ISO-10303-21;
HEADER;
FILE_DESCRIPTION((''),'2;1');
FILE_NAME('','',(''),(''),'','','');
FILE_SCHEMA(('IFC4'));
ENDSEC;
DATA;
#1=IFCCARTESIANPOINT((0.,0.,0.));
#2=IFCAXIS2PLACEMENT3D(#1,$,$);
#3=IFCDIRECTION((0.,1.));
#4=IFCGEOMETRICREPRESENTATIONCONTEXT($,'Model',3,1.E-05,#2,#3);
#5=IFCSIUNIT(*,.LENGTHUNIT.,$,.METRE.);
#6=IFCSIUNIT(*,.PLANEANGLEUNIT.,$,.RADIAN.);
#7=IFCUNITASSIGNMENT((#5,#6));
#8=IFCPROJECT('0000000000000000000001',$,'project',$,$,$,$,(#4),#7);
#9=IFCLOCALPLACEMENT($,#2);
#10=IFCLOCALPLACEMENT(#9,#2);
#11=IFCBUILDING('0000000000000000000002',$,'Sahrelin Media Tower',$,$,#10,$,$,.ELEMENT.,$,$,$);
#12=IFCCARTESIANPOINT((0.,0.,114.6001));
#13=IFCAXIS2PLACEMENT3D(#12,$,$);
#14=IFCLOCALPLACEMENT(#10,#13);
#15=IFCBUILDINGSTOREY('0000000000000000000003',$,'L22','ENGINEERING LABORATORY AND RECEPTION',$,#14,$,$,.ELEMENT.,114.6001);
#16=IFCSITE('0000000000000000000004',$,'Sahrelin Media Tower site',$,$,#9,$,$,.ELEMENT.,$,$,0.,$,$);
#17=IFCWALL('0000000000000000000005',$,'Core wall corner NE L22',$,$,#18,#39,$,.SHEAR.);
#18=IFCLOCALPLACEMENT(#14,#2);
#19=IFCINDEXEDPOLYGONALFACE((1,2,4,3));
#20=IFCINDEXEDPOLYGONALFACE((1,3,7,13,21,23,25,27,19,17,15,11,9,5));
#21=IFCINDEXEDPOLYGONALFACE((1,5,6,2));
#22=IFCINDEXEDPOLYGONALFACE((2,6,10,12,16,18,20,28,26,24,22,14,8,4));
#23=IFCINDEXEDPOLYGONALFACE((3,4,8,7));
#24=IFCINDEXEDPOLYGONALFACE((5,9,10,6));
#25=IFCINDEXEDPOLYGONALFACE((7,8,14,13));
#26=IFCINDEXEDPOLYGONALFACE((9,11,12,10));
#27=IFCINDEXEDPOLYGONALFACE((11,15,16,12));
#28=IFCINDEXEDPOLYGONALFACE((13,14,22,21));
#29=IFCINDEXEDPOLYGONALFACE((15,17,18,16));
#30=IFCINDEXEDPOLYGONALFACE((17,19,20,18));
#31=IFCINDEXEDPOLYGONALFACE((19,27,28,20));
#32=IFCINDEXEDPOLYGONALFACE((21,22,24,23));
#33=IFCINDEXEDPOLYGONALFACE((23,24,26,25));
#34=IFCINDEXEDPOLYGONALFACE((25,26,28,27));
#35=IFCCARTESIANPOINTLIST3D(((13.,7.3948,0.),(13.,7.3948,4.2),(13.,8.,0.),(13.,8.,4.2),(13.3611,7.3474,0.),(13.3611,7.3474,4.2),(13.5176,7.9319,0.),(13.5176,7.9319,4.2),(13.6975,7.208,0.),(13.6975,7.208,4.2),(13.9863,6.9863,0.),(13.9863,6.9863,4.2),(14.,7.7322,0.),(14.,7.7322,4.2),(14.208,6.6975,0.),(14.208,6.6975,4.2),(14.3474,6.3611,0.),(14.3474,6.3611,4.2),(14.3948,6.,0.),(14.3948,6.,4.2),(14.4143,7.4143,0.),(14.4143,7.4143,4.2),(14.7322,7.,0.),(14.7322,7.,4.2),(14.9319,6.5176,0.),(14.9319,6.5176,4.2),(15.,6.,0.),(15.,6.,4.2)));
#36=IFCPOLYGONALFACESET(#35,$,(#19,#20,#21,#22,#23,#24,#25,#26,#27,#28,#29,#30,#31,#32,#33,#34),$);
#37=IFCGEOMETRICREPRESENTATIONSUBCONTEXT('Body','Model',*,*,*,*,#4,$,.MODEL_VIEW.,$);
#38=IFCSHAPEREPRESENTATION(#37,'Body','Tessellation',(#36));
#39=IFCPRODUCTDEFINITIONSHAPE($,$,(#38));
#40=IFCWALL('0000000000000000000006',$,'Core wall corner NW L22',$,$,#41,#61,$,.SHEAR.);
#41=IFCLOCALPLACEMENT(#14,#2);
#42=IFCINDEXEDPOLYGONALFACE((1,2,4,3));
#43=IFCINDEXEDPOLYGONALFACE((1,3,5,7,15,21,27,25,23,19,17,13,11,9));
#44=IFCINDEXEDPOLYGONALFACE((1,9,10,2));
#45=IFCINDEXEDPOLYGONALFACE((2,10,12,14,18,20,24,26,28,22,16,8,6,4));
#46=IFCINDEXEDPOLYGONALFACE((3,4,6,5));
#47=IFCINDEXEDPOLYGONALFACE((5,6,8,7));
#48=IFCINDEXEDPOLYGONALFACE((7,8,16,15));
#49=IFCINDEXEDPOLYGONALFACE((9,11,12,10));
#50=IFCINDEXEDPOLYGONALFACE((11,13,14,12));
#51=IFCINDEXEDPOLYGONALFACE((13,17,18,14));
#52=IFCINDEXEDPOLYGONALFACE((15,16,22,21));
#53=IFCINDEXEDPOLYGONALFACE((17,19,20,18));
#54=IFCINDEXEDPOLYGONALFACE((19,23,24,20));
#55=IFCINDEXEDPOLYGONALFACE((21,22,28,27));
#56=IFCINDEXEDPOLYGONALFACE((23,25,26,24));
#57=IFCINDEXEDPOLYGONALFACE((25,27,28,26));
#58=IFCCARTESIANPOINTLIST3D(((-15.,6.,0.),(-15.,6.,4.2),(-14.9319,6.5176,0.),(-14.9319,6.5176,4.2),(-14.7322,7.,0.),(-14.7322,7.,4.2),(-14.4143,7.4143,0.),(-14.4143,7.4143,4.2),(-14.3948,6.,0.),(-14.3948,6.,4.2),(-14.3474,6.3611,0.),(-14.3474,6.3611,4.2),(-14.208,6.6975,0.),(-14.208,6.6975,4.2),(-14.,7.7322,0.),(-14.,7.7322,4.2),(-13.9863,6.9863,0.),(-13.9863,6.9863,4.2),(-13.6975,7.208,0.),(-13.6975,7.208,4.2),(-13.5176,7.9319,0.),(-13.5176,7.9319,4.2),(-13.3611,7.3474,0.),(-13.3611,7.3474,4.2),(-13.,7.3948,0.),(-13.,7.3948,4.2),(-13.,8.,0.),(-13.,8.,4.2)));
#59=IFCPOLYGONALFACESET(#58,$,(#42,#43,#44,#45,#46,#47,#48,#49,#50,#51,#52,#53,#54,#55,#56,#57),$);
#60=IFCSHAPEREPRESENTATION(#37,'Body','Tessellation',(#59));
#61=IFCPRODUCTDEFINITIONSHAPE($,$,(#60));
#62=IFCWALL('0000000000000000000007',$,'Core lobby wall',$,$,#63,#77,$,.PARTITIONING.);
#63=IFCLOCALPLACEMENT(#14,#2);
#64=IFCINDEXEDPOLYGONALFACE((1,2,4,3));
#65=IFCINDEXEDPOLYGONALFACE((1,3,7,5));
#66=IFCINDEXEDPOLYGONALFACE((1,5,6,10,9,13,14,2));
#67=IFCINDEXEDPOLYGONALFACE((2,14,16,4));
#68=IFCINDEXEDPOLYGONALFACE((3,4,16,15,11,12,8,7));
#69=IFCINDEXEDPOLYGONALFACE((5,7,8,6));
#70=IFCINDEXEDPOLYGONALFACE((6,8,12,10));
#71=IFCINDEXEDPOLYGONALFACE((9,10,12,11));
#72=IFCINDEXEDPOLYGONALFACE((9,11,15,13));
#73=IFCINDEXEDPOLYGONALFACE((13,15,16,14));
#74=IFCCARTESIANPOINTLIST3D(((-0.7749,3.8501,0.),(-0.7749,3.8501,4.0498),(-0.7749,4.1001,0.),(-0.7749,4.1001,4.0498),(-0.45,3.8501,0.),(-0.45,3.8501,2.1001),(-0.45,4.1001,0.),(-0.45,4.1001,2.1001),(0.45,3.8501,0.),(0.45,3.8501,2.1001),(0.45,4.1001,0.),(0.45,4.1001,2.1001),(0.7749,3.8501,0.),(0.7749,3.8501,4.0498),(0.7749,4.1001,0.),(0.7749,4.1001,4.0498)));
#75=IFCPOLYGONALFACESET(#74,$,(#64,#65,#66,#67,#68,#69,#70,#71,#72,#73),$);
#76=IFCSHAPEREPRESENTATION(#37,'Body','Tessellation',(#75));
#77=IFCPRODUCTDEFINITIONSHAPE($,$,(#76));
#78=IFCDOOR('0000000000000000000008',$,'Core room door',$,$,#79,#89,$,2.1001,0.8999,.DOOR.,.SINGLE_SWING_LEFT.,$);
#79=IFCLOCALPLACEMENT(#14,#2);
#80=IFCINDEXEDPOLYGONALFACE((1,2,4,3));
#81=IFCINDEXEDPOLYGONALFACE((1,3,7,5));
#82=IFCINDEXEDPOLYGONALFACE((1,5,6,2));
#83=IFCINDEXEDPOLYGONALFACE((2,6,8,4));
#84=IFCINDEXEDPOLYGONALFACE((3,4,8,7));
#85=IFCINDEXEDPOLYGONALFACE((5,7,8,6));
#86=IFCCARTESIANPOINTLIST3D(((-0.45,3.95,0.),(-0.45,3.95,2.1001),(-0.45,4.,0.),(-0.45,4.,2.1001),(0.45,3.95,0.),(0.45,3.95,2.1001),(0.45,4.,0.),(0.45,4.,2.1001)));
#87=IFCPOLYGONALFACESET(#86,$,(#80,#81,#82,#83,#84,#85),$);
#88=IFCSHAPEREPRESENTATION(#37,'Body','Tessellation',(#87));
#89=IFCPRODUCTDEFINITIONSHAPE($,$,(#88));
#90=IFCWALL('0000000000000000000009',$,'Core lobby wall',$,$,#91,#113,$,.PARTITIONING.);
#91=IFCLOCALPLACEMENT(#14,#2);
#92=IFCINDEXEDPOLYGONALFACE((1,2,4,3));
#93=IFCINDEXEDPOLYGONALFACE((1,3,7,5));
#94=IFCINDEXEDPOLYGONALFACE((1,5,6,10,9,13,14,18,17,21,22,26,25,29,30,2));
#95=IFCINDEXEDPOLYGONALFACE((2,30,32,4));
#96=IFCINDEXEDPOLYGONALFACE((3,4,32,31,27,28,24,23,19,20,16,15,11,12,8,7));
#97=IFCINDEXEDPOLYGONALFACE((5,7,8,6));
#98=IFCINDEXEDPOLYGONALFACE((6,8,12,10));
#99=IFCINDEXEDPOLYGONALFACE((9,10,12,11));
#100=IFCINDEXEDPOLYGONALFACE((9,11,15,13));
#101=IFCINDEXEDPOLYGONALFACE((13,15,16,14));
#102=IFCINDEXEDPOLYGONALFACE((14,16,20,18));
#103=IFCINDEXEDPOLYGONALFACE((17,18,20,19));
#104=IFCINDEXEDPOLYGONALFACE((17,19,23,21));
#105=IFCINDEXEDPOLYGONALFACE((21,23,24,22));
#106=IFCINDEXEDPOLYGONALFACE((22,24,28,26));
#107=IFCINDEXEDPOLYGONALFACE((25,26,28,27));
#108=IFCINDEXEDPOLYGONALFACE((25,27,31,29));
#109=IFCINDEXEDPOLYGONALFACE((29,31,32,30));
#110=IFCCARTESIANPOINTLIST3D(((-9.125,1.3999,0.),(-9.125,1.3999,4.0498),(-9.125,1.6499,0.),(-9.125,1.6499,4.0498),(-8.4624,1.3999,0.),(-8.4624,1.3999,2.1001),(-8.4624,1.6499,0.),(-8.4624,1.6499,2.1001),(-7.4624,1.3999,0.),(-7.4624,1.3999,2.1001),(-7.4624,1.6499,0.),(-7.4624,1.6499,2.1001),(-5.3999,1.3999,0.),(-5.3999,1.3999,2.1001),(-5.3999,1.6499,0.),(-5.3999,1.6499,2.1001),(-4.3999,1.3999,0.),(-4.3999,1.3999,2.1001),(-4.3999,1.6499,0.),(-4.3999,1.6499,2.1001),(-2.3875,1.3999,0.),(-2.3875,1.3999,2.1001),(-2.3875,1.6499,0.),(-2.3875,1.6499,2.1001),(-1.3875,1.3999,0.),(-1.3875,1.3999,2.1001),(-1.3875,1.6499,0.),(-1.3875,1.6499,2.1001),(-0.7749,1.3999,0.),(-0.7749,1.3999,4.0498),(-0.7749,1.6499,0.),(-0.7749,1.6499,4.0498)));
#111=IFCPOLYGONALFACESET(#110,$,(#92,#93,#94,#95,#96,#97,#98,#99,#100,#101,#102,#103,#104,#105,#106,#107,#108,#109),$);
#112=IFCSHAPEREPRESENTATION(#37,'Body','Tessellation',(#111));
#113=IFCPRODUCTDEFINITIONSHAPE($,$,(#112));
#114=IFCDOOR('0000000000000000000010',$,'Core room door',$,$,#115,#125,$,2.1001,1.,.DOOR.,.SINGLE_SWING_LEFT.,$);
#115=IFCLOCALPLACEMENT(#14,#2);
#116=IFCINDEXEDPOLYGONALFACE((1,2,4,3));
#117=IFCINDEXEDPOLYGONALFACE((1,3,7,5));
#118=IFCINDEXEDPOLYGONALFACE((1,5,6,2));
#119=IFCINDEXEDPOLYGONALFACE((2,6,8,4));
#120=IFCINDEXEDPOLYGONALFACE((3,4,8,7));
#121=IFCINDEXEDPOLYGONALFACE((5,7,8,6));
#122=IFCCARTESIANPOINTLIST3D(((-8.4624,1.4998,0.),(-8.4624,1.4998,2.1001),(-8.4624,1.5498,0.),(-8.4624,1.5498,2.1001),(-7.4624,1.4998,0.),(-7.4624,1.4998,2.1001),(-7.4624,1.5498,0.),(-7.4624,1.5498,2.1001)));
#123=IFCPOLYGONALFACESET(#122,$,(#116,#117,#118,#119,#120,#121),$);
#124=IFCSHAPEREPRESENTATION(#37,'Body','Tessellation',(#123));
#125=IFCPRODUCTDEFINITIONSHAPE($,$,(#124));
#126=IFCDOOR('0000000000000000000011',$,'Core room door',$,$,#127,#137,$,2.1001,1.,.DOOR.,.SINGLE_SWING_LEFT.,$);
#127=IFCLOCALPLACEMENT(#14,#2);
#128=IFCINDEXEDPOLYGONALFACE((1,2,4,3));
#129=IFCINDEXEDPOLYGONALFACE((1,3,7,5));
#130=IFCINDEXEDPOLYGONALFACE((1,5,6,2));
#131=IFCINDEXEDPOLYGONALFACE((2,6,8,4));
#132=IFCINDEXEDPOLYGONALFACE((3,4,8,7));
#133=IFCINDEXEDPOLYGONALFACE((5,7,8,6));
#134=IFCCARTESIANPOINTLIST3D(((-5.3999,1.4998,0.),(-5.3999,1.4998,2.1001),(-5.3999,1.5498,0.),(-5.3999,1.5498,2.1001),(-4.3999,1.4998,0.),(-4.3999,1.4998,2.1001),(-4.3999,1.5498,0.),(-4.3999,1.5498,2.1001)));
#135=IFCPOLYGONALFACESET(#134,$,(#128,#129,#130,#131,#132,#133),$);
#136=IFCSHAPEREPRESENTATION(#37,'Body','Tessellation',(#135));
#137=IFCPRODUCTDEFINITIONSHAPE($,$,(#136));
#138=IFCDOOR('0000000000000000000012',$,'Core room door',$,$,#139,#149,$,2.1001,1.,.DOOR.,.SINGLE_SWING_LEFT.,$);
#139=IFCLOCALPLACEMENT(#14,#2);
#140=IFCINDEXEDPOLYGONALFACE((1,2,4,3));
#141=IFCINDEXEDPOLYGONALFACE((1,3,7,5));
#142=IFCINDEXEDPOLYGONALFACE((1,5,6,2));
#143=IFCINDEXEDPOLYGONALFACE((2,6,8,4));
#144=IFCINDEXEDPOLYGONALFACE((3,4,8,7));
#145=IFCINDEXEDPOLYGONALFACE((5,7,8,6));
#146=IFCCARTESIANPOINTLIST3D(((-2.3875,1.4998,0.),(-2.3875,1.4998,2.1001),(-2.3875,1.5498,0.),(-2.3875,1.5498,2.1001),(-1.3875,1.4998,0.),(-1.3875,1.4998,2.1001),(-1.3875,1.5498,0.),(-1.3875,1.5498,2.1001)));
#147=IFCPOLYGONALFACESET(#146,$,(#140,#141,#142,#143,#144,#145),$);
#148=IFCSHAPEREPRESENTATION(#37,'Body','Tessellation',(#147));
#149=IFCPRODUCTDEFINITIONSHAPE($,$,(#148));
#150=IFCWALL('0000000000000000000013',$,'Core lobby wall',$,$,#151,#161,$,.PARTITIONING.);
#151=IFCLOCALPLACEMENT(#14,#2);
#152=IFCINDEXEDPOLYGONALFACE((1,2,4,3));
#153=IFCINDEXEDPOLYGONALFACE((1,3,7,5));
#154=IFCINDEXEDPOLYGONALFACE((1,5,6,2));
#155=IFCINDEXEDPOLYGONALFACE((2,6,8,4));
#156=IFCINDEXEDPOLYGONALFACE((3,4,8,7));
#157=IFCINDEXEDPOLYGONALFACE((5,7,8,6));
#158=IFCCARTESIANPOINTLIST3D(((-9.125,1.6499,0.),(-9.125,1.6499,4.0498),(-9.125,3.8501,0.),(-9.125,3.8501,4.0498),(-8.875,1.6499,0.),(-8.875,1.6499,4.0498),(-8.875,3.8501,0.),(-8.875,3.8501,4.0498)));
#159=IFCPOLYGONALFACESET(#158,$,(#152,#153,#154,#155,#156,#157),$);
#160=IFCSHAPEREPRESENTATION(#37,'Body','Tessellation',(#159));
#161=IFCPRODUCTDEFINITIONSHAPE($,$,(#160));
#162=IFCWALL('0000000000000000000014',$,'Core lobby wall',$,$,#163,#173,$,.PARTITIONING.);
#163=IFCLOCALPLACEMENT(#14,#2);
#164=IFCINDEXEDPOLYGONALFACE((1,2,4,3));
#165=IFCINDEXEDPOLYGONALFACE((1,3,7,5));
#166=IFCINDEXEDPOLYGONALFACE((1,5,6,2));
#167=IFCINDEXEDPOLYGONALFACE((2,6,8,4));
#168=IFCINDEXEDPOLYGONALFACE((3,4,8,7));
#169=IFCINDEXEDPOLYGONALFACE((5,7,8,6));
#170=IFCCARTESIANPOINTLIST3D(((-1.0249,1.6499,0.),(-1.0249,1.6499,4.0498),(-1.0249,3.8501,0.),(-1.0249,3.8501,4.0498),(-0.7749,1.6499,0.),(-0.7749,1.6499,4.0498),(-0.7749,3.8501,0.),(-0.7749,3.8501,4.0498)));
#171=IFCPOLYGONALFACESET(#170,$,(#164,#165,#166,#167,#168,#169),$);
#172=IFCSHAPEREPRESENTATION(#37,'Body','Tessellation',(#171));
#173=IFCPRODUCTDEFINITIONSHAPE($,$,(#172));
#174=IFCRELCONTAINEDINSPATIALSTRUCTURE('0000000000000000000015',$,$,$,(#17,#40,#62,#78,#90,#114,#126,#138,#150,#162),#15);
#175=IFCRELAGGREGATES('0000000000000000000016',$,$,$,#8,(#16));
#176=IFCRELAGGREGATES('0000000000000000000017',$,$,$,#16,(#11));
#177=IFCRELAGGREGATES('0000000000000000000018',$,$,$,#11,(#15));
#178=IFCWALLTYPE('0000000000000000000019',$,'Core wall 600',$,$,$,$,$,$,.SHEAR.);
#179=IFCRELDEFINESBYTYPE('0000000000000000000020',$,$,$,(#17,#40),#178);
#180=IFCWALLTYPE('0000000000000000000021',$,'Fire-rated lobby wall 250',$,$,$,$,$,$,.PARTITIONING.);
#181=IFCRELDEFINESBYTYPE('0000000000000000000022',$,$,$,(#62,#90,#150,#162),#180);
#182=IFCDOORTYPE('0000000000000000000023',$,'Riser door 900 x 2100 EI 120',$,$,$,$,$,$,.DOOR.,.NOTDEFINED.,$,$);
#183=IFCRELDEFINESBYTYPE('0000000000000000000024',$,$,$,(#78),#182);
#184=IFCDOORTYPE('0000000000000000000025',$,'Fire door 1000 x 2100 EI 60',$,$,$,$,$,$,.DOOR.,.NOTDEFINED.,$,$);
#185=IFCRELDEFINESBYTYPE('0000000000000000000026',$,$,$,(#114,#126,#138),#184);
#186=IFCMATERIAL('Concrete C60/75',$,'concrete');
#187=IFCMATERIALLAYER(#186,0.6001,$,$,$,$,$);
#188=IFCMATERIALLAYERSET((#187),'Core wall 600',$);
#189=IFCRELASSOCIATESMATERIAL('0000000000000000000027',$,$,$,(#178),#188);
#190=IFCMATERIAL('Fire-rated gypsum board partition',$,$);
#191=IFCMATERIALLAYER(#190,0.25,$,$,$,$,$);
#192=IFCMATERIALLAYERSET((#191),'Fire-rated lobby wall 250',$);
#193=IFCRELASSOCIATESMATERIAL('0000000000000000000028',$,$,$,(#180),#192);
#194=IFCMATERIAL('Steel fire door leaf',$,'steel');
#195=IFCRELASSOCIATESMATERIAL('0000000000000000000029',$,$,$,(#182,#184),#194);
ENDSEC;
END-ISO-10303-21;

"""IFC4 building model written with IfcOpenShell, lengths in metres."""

from ifc_helpers import new_model, si_unit, direction, frame, frame_2d, origin, place, context, subcontext, project, spatial, polyline, rectangle, outline, extrude, material, layer, layer_set, type_object, element, fill, save


model = new_model("IFC4")

# Units and contexts
model_context = context("Model", 3, precision=1e-05, world=origin(), true_north=direction((0.0, 1.0)))
body_context = subcontext(model_context, "Body", "Model", "MODEL_VIEW")
ifc_project = project(units=[si_unit("LENGTHUNIT", "METRE"), si_unit("PLANEANGLEUNIT", "RADIAN")], contexts=[model_context])

# Site, building, storey
site_placement = place(None, origin())
site = spatial("IfcSite", under=ifc_project, at=site_placement, Name="Sahrelin Media Tower site", CompositionType="ELEMENT", RefElevation=0.0)
building_placement = place(site_placement, origin())
building = spatial("IfcBuilding", under=site, at=building_placement, Name="Sahrelin Media Tower", CompositionType="ELEMENT")
storey_placement = place(building_placement, frame((0.0, 0.0, 114.6001)))
storey = spatial("IfcBuildingStorey", under=building, at=storey_placement, Name="L22", Description="ENGINEERING LABORATORY AND RECEPTION", CompositionType="ELEMENT", Elevation=114.6001)

# Walls
ifc_material_1 = material(Name="Concrete C60/75", Category="concrete")
ifc_layer_1 = layer(ifc_material_1, 0.6001)
ifc_layer_set_1 = layer_set([ifc_layer_1], Name="Core wall 600")
wall_type_1 = type_object("IfcWallType", Name="Core wall 600", PredefinedType="SHEAR", material=ifc_layer_set_1)
placement = place(storey_placement, origin())
element("IfcWall", 1, at=placement, inside=storey, type_object=wall_type_1, Name="Core wall corner NE L22", PredefinedType="SHEAR", context=body_context, shape_type="SweptSolid", body=[
    extrude(outline(polyline([(13.0, 8.0), (13.0, 7.3948), (13.3611, 7.3474), (13.6975, 7.208), (13.9863, 6.9863), (14.208, 6.6975), (14.3474, 6.3611), (14.3948, 6.0), (15.0, 6.0), (14.9319, 6.5176), (14.7322, 7.0), (14.4143, 7.4143), (14.0, 7.7322), (13.5176, 7.9319), (13.0, 8.0)])), origin(), (0.0, 0.0, 1.0), 4.2),
])
element("IfcWall", 2, at=placement, inside=storey, type_object=wall_type_1, Name="Core wall corner NW L22", PredefinedType="SHEAR", context=body_context, shape_type="SweptSolid", body=[
    extrude(outline(polyline([(-15.0, 6.0), (-14.3948, 6.0), (-14.3474, 6.3611), (-14.208, 6.6975), (-13.9863, 6.9863), (-13.6975, 7.208), (-13.3611, 7.3474), (-13.0, 7.3948), (-13.0, 8.0), (-13.5176, 7.9319), (-14.0, 7.7322), (-14.4143, 7.4143), (-14.7322, 7.0), (-14.9319, 6.5176), (-15.0, 6.0)])), origin(), (0.0, 0.0, 1.0), 4.2),
])

# Wall, opening, door
ifc_material_2 = material(Name="Fire-rated gypsum board partition")
ifc_layer_2 = layer(ifc_material_2, 0.25)
ifc_layer_set_2 = layer_set([ifc_layer_2], Name="Fire-rated lobby wall 250")
wall_type_2 = type_object("IfcWallType", Name="Fire-rated lobby wall 250", PredefinedType="PARTITIONING", material=ifc_layer_set_2)
wall_1_placement = place(storey_placement, frame((-0.7749, 3.9751, 0.0), z_axis=(0.0, 0.0, 1.0), x_axis=(1.0, 0.0, 0.0)))
wall_1 = element("IfcWall", 3, at=wall_1_placement, inside=storey, type_object=wall_type_2, Name="Core lobby wall", PredefinedType="PARTITIONING", context=body_context, shape_type="SweptSolid", body=[
    extrude(rectangle(XDim=1.5498, YDim=0.25, at=frame_2d((0.7749, 0.0))), origin(), (0.0, 0.0, 1.0), 4.0498),
])
opening_1_placement = place(wall_1_placement, frame((0.325, 0.0, 0.0)))
opening_1 = element("IfcOpeningElement", 4, at=opening_1_placement, cuts=wall_1, PredefinedType="OPENING", context=body_context, shape_type="SweptSolid", body=[
    extrude(rectangle(XDim=0.8999, YDim=2.1001, at=frame_2d((0.45, 1.05))), frame((0.0, 0.125, 0.0), z_axis=(0.0, -1.0, 0.0), x_axis=(1.0, 0.0, 0.0)), (0.0, 0.0, 1.0), 0.25),
])
ifc_material_3 = material(Name="Steel fire door leaf", Category="steel")
door_type_1 = type_object("IfcDoorType", Name="Riser door 900 x 2100 EI 120", OperationType="NOTDEFINED", PredefinedType="DOOR", material=ifc_material_3)
door_1_placement = place(opening_1_placement, origin())
door_1 = element("IfcDoor", 5, at=door_1_placement, inside=storey, type_object=door_type_1, Name="Core room door", OperationType="SINGLE_SWING_LEFT", OverallHeight=2.1001, OverallWidth=0.8999, PredefinedType="DOOR", context=body_context, shape_type="SweptSolid", body=[
    extrude(rectangle(XDim=0.8999, YDim=2.1001, at=frame_2d((0.45, 1.05))), frame((0.0, 0.0249, 0.0), z_axis=(0.0, -1.0, 0.0), x_axis=(1.0, 0.0, 0.0)), (0.0, 0.0, 1.0), 0.05),
])
fill(opening_1, door_1)

# Wall, openings, doors
wall_2_placement = place(storey_placement, frame((-9.125, 1.5249, 0.0), z_axis=(0.0, 0.0, 1.0), x_axis=(1.0, 0.0, 0.0)))
wall_2 = element("IfcWall", 6, at=wall_2_placement, inside=storey, type_object=wall_type_2, Name="Core lobby wall", PredefinedType="PARTITIONING", context=body_context, shape_type="SweptSolid", body=[
    extrude(rectangle(XDim=8.3501, YDim=0.25, at=frame_2d((4.175, 0.0))), origin(), (0.0, 0.0, 1.0), 4.0498),
])
opening_2_placement = place(wall_2_placement, frame((0.6626, 0.0, 0.0)))
opening_2 = element("IfcOpeningElement", 7, at=opening_2_placement, cuts=wall_2, PredefinedType="OPENING", context=body_context, shape_type="SweptSolid", body=[
    extrude(rectangle(XDim=1.0, YDim=2.1001, at=frame_2d((0.5, 1.05))), frame((0.0, 0.125, 0.0), z_axis=(0.0, -1.0, 0.0), x_axis=(1.0, 0.0, 0.0)), (0.0, 0.0, 1.0), 0.25),
])
opening_3_placement = place(wall_2_placement, frame((3.7251, 0.0, 0.0)))
opening_3 = element("IfcOpeningElement", 8, at=opening_3_placement, cuts=wall_2, PredefinedType="OPENING", context=body_context, shape_type="SweptSolid", body=[
    extrude(rectangle(XDim=1.0, YDim=2.1001, at=frame_2d((0.5, 1.05))), frame((0.0, 0.125, 0.0), z_axis=(0.0, -1.0, 0.0), x_axis=(1.0, 0.0, 0.0)), (0.0, 0.0, 1.0), 0.25),
])
opening_4_placement = place(wall_2_placement, frame((6.7375, 0.0, 0.0)))
opening_4 = element("IfcOpeningElement", 9, at=opening_4_placement, cuts=wall_2, PredefinedType="OPENING", context=body_context, shape_type="SweptSolid", body=[
    extrude(rectangle(XDim=1.0, YDim=2.1001, at=frame_2d((0.5, 1.05))), frame((0.0, 0.125, 0.0), z_axis=(0.0, -1.0, 0.0), x_axis=(1.0, 0.0, 0.0)), (0.0, 0.0, 1.0), 0.25),
])
door_type_2 = type_object("IfcDoorType", Name="Fire door 1000 x 2100 EI 60", OperationType="NOTDEFINED", PredefinedType="DOOR", material=ifc_material_3)
door_2_placement = place(opening_2_placement, origin())
door_2 = element("IfcDoor", 10, at=door_2_placement, inside=storey, type_object=door_type_2, Name="Core room door", OperationType="SINGLE_SWING_LEFT", OverallHeight=2.1001, OverallWidth=1.0, PredefinedType="DOOR", context=body_context, shape_type="SweptSolid", body=[
    extrude(rectangle(XDim=1.0, YDim=2.1001, at=frame_2d((0.5, 1.05))), frame((0.0, 0.0249, 0.0), z_axis=(0.0, -1.0, 0.0), x_axis=(1.0, 0.0, 0.0)), (0.0, 0.0, 1.0), 0.05),
])
fill(opening_2, door_2)
door_3_placement = place(opening_3_placement, origin())
door_3 = element("IfcDoor", 11, at=door_3_placement, inside=storey, type_object=door_type_2, Name="Core room door", OperationType="SINGLE_SWING_LEFT", OverallHeight=2.1001, OverallWidth=1.0, PredefinedType="DOOR", context=body_context, shape_type="SweptSolid", body=[
    extrude(rectangle(XDim=1.0, YDim=2.1001, at=frame_2d((0.5, 1.05))), frame((0.0, 0.0249, 0.0), z_axis=(0.0, -1.0, 0.0), x_axis=(1.0, 0.0, 0.0)), (0.0, 0.0, 1.0), 0.05),
])
fill(opening_3, door_3)
door_4_placement = place(opening_4_placement, origin())
door_4 = element("IfcDoor", 12, at=door_4_placement, inside=storey, type_object=door_type_2, Name="Core room door", OperationType="SINGLE_SWING_LEFT", OverallHeight=2.1001, OverallWidth=1.0, PredefinedType="DOOR", context=body_context, shape_type="SweptSolid", body=[
    extrude(rectangle(XDim=1.0, YDim=2.1001, at=frame_2d((0.5, 1.05))), frame((0.0, 0.0249, 0.0), z_axis=(0.0, -1.0, 0.0), x_axis=(1.0, 0.0, 0.0)), (0.0, 0.0, 1.0), 0.05),
])
fill(opening_4, door_4)

# Walls
for number, where, z_axis, x_axis, name in (
    (13, (-9.0, 1.6499, 0.0), (0.0, 0.0, 1.0), (0.0, 1.0, 0.0), "Core lobby wall"),
    (14, (-0.8999, 1.6499, 0.0), (0.0, 0.0, 1.0), (0.0, 1.0, 0.0), "Core lobby wall"),
):
    element("IfcWall", number, at=place(storey_placement, frame(where, z_axis=z_axis, x_axis=x_axis)), inside=storey, type_object=wall_type_2, Name=name, PredefinedType="PARTITIONING", context=body_context, shape_type="SweptSolid", body=[
        extrude(rectangle(XDim=2.2002, YDim=0.25, at=frame_2d((1.1001, 0.0))), origin(), (0.0, 0.0, 1.0), 4.0498),
    ])

save(model, "model.ifc")
